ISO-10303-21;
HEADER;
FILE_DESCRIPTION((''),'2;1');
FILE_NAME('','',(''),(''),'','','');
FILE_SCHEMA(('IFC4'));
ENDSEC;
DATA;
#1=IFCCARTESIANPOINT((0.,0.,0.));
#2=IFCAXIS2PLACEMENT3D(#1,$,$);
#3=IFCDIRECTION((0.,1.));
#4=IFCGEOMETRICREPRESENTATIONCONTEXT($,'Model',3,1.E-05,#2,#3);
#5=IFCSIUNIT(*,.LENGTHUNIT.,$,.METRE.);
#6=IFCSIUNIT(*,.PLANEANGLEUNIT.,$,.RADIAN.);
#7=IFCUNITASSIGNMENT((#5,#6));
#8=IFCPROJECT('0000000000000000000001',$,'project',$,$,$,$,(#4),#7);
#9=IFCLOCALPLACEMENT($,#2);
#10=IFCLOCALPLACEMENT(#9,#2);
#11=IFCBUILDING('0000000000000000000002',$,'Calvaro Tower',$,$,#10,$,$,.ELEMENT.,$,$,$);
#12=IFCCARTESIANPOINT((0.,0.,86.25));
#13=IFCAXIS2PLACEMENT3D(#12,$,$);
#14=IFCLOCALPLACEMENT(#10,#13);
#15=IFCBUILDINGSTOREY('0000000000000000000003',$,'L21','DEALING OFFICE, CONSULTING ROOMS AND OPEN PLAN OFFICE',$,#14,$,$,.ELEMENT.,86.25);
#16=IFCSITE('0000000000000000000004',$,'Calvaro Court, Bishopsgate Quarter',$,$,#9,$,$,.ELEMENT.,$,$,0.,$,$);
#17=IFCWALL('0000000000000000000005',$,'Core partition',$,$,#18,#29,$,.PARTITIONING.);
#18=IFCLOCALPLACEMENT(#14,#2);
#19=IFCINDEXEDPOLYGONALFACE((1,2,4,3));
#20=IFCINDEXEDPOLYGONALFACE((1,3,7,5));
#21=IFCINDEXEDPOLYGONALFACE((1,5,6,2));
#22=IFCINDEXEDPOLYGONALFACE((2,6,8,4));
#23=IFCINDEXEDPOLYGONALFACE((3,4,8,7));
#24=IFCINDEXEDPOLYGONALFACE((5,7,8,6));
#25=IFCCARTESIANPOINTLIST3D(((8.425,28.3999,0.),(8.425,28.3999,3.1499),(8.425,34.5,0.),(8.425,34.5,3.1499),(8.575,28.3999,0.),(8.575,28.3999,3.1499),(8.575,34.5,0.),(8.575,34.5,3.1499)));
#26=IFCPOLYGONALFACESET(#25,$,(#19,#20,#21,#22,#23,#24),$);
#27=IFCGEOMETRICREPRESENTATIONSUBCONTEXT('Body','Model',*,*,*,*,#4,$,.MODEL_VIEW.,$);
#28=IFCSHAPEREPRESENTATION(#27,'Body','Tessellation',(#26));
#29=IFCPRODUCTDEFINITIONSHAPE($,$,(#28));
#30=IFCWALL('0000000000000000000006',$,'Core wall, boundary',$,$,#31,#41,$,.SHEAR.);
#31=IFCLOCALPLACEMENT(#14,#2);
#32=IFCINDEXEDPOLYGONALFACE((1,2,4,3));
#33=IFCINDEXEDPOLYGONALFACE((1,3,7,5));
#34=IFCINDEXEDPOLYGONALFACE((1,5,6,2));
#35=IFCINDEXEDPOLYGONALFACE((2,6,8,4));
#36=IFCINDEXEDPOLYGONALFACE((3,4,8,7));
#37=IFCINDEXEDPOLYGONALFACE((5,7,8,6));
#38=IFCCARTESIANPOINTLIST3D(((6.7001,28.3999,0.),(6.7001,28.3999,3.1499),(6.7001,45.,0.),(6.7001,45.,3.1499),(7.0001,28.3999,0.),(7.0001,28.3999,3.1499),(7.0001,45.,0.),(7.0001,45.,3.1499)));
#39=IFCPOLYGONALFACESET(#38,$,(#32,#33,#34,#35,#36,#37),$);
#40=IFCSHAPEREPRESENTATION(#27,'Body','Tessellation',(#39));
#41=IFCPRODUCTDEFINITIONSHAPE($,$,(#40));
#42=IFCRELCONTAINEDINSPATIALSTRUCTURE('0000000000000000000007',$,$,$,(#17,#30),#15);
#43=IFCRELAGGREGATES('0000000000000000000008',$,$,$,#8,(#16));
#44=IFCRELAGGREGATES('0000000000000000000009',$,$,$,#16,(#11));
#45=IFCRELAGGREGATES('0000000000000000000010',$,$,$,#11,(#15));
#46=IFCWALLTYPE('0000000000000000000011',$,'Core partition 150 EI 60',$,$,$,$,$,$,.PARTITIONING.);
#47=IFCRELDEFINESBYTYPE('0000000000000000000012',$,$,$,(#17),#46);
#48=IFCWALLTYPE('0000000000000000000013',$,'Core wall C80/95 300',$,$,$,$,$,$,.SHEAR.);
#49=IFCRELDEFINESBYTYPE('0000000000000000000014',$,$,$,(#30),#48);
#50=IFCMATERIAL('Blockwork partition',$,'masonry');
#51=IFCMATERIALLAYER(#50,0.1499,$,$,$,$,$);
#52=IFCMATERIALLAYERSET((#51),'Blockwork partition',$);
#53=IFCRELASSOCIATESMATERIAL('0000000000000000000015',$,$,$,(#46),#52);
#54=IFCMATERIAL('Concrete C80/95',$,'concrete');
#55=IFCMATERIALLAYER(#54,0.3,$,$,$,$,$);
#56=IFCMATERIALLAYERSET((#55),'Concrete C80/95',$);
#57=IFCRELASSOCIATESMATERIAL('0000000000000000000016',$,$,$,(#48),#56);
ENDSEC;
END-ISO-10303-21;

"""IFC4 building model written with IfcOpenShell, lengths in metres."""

from ifc_helpers import new_model, si_unit, direction, frame, frame_2d, origin, place, context, subcontext, project, spatial, rectangle, extrude, material, layer, layer_set, type_object, element, save


model = new_model("IFC4")

# Units and contexts
model_context = context("Model", 3, precision=1e-05, world=origin(), true_north=direction((0.0, 1.0)))
body_context = subcontext(model_context, "Body", "Model", "MODEL_VIEW")
ifc_project = project(units=[si_unit("LENGTHUNIT", "METRE"), si_unit("PLANEANGLEUNIT", "RADIAN")], contexts=[model_context])

# Site, building, storey
site_placement = place(None, origin())
site = spatial("IfcSite", under=ifc_project, at=site_placement, Name="Calvaro Court, Bishopsgate Quarter", CompositionType="ELEMENT", RefElevation=0.0)
building_placement = place(site_placement, origin())
building = spatial("IfcBuilding", under=site, at=building_placement, Name="Calvaro Tower", CompositionType="ELEMENT")
storey_placement = place(building_placement, frame((0.0, 0.0, 86.25)))
storey = spatial("IfcBuildingStorey", under=building, at=storey_placement, Name="L21", Description="DEALING OFFICE, CONSULTING ROOMS AND OPEN PLAN OFFICE", CompositionType="ELEMENT", Elevation=86.25)

# Walls
ifc_material_1 = material(Name="Blockwork partition", Category="masonry")
ifc_layer_1 = layer(ifc_material_1, 0.1499)
ifc_layer_set_1 = layer_set([ifc_layer_1], Name="Blockwork partition")
wall_type_1 = type_object("IfcWallType", Name="Core partition 150 EI 60", PredefinedType="PARTITIONING", material=ifc_layer_set_1)
wall_1_placement = place(storey_placement, frame((8.5, 28.3999, 0.0), z_axis=(0.0, 0.0, 1.0), x_axis=(0.0, 1.0, 0.0)))
element("IfcWall", 1, at=wall_1_placement, inside=storey, type_object=wall_type_1, Name="Core partition", PredefinedType="PARTITIONING", context=body_context, shape_type="SweptSolid", body=[
    extrude(rectangle(XDim=6.1001, YDim=0.1499, at=frame_2d((3.05, 0.0))), origin(), (0.0, 0.0, 1.0), 3.1499),
])
ifc_material_2 = material(Name="Concrete C80/95", Category="concrete")
ifc_layer_2 = layer(ifc_material_2, 0.3)
ifc_layer_set_2 = layer_set([ifc_layer_2], Name="Concrete C80/95")
wall_type_2 = type_object("IfcWallType", Name="Core wall C80/95 300", PredefinedType="SHEAR", material=ifc_layer_set_2)
wall_2_placement = place(storey_placement, frame((6.8501, 28.3999, 0.0), z_axis=(0.0, 0.0, 1.0), x_axis=(0.0, 1.0, 0.0)))
element("IfcWall", 2, at=wall_2_placement, inside=storey, type_object=wall_type_2, Name="Core wall, boundary", PredefinedType="SHEAR", context=body_context, shape_type="SweptSolid", body=[
    extrude(rectangle(XDim=16.6001, YDim=0.3, at=frame_2d((8.3, 0.0))), origin(), (0.0, 0.0, 1.0), 3.1499),
])

save(model, "model.ifc")
